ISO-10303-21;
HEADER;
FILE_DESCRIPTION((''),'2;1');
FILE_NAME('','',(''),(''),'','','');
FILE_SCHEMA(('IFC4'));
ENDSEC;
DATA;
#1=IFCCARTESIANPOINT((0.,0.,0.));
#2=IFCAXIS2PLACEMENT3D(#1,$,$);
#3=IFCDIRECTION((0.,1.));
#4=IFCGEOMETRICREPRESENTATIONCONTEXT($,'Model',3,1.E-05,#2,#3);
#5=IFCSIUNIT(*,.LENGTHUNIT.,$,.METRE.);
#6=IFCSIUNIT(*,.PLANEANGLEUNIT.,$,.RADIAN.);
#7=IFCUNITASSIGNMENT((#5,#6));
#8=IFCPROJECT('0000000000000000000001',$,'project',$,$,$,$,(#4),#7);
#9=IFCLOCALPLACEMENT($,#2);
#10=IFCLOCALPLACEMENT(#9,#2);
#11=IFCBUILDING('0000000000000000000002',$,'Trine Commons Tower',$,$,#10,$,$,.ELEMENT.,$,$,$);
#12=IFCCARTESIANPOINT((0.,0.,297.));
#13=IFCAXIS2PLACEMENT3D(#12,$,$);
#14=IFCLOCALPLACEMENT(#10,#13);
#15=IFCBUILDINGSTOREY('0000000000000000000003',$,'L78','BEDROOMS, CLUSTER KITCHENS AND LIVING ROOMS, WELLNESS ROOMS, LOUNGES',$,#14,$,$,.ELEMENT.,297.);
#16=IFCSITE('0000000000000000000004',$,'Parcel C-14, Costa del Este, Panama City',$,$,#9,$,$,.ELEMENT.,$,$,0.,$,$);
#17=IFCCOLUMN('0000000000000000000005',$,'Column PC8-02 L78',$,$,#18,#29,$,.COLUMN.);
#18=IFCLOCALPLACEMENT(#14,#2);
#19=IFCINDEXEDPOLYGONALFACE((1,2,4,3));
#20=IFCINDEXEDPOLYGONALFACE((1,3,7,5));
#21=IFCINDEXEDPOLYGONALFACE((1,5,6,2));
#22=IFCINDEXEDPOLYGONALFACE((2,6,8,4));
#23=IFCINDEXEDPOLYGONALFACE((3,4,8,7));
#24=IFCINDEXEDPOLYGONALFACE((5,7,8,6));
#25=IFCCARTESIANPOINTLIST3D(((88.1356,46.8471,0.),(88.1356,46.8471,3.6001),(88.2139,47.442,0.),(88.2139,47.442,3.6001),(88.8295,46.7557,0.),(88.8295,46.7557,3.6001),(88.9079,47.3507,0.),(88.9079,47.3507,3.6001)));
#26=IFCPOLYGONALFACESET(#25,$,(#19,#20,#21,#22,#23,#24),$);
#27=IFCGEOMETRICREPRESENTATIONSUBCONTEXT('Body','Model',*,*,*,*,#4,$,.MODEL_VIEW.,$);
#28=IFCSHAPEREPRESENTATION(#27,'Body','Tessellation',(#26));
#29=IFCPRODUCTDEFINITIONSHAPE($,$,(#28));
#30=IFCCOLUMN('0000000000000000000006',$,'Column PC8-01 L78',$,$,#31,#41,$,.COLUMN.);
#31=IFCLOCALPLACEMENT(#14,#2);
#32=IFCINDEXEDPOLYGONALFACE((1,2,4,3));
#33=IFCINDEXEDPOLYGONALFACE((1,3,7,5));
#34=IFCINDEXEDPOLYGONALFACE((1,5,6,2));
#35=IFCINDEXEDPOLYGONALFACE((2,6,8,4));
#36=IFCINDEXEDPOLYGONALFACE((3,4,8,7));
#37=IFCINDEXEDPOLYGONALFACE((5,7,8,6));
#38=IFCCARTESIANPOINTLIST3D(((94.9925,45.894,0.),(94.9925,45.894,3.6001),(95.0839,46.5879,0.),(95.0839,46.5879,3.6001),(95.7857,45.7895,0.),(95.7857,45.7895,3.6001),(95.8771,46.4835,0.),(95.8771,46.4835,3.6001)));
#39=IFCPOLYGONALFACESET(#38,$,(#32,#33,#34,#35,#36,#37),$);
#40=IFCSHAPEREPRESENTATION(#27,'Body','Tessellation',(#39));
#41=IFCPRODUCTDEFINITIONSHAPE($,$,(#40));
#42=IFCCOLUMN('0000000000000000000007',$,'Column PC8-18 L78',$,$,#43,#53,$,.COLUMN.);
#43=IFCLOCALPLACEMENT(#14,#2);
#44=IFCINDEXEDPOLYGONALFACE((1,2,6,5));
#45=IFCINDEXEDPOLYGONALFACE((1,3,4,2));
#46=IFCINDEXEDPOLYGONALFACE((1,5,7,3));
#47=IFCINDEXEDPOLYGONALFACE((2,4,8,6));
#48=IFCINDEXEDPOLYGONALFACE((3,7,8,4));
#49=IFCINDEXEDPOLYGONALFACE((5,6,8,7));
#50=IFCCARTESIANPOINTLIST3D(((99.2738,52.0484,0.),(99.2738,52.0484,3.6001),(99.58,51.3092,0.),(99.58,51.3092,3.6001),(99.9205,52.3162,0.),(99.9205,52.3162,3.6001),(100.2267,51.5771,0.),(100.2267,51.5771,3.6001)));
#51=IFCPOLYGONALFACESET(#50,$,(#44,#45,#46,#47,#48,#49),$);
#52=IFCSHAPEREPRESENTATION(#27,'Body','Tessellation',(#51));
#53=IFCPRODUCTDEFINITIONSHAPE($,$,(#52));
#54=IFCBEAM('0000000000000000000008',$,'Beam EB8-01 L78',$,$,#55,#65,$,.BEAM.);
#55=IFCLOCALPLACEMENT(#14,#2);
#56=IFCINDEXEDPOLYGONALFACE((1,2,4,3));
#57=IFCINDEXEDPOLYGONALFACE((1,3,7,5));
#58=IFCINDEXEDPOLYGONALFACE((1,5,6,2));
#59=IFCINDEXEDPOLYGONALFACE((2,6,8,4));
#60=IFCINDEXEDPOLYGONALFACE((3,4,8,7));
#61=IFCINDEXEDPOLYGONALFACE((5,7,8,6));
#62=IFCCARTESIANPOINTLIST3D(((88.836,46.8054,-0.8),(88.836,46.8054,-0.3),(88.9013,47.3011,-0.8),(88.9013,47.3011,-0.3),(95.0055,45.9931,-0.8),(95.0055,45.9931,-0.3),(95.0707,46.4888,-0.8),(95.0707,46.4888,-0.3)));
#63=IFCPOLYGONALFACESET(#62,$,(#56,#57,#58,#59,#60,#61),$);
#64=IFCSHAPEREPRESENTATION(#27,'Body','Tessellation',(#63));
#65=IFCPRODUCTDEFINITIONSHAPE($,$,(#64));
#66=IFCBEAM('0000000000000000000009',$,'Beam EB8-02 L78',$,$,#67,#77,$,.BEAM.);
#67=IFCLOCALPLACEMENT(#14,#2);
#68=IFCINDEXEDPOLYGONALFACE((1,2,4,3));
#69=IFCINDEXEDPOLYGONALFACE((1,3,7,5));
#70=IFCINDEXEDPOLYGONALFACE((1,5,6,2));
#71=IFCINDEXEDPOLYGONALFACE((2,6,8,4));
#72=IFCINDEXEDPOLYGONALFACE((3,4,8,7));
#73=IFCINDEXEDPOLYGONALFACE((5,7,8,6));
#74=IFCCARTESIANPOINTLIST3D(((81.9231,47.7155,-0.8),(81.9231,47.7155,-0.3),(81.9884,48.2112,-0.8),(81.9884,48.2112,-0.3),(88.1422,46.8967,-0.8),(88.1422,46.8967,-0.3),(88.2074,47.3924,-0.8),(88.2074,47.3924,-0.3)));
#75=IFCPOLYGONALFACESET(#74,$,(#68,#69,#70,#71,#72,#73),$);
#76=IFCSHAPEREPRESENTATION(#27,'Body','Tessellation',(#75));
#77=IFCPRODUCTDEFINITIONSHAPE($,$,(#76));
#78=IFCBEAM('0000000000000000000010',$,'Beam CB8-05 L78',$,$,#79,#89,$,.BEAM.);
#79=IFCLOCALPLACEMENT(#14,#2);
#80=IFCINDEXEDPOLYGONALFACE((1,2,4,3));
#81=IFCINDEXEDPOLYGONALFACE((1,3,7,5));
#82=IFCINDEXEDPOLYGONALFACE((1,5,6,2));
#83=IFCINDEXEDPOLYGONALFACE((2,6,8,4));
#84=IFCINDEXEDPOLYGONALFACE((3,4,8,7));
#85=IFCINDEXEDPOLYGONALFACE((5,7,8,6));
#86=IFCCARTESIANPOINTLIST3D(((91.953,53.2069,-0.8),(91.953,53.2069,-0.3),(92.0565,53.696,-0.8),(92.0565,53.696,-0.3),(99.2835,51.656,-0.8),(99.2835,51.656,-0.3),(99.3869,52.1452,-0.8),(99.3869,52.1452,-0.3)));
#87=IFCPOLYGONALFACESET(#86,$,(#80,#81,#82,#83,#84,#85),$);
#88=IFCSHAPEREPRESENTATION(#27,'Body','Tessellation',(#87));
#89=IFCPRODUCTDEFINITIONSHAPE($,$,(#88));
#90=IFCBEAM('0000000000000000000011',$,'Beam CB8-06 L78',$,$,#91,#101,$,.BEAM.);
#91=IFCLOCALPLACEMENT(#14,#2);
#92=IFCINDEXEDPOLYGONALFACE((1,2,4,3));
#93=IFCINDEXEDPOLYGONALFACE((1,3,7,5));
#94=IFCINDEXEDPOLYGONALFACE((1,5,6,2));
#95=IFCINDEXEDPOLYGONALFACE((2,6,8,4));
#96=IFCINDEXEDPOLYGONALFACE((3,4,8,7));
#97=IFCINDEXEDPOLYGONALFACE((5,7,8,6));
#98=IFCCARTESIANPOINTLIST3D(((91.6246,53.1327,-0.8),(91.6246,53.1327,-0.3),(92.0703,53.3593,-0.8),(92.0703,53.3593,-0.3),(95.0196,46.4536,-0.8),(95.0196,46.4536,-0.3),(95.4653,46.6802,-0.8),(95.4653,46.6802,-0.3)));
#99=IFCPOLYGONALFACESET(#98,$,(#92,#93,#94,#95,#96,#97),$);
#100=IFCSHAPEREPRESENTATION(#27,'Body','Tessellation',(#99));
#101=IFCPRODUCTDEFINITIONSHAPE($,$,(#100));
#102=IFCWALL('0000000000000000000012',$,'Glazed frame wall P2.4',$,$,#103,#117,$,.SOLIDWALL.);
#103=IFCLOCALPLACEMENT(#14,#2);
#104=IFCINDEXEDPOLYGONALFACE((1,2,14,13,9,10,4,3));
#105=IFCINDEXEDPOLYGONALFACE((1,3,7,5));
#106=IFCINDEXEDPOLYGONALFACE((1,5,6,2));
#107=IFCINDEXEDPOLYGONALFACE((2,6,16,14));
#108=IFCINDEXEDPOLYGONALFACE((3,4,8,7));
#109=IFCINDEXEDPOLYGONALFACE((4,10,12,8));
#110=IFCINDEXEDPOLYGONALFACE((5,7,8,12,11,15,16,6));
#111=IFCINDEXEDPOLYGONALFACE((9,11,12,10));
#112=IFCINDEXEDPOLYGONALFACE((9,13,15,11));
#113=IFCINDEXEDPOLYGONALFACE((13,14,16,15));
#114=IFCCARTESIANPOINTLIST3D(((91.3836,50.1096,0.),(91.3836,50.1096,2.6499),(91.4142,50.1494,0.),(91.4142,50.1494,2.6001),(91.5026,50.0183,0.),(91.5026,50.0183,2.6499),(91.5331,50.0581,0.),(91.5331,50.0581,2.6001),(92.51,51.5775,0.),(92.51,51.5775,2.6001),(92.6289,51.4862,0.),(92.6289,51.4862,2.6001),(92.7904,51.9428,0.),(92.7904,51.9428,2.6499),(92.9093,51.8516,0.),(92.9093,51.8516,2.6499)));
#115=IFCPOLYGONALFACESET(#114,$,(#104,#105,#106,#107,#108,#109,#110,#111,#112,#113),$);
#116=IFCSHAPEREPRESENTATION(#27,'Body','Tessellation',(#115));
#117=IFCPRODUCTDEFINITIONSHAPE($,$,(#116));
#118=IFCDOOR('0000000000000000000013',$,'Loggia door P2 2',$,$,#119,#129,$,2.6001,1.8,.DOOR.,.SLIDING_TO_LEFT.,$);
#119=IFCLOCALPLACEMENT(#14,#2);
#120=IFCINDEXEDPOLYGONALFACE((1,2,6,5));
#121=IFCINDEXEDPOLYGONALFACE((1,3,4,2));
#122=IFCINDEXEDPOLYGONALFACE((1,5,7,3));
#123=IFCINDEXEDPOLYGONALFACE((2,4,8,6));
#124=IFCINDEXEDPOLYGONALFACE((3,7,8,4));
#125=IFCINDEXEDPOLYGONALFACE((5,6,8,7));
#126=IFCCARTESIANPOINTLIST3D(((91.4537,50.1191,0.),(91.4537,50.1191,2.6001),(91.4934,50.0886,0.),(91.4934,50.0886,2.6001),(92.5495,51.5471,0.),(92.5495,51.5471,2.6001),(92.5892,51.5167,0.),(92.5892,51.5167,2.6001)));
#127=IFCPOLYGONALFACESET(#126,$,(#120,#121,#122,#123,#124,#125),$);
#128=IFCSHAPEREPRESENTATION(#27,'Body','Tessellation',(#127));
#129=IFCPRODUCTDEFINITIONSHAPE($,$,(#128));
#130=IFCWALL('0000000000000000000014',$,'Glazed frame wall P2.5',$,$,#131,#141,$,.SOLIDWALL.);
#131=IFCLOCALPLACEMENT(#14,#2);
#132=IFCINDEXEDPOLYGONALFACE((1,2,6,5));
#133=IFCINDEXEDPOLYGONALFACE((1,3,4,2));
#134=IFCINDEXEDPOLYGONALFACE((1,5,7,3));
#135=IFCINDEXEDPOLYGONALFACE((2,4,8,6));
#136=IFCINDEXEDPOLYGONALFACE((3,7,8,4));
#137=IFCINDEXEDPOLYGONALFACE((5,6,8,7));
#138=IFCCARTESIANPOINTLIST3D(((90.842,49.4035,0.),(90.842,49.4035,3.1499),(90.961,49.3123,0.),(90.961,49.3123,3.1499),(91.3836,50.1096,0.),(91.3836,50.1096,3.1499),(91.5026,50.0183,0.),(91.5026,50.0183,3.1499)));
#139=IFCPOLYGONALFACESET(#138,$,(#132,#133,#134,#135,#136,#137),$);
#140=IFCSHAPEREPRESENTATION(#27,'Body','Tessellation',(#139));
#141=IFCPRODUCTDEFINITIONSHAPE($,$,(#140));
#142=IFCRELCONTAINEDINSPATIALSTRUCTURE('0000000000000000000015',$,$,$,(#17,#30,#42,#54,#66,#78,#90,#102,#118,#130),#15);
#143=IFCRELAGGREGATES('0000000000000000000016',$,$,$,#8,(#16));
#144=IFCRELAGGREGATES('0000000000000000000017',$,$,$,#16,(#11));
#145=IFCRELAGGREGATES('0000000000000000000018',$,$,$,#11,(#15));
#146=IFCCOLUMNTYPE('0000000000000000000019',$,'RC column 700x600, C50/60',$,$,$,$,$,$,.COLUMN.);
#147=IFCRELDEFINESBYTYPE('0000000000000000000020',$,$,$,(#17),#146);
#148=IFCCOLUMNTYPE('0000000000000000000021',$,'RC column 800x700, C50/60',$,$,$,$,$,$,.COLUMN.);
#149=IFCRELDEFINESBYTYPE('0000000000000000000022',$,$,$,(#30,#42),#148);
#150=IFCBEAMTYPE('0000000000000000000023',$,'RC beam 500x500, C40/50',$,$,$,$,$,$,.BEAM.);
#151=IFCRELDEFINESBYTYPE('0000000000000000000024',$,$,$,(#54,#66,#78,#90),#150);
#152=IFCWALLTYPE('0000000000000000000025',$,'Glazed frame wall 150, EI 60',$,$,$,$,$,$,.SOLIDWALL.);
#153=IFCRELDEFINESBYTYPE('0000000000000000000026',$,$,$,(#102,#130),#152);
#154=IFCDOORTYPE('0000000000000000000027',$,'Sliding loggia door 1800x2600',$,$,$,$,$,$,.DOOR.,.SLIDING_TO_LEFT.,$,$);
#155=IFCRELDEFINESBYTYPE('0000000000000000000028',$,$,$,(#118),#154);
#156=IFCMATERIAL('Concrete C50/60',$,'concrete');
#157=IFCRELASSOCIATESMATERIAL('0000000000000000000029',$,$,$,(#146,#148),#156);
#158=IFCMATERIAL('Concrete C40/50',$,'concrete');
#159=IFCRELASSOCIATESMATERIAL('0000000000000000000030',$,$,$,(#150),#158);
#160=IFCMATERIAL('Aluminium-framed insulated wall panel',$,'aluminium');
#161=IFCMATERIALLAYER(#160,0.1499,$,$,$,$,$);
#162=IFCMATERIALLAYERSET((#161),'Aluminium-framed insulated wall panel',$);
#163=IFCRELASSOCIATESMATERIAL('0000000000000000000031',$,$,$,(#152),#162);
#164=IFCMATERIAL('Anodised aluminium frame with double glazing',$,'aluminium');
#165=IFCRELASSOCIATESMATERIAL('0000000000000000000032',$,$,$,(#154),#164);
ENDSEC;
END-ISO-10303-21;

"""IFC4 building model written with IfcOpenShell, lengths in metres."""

from ifc_helpers import new_model, si_unit, direction, frame, frame_2d, origin, origin_2d, place, context, subcontext, project, spatial, polyline, rectangle, outline, extrude, material, layer, layer_set, material_profile, profile_set, type_object, element, fill, save


model = new_model("IFC4")

# Units and contexts
model_context = context("Model", 3, precision=1e-05, world=origin(), true_north=direction((0.0, 1.0)))
body_context = subcontext(model_context, "Body", "Model", "MODEL_VIEW")
ifc_project = project(units=[si_unit("LENGTHUNIT", "METRE"), si_unit("PLANEANGLEUNIT", "RADIAN")], contexts=[model_context])

# Site, building, storey
site_placement = place(None, origin())
site = spatial("IfcSite", under=ifc_project, at=site_placement, Name="Parcel C-14, Costa del Este, Panama City", CompositionType="ELEMENT", RefElevation=0.0)
building_placement = place(site_placement, origin())
building = spatial("IfcBuilding", under=site, at=building_placement, Name="Trine Commons Tower", CompositionType="ELEMENT")
storey_placement = place(building_placement, frame((0.0, 0.0, 297.0)))
storey = spatial("IfcBuildingStorey", under=building, at=storey_placement, Name="L78", Description="BEDROOMS, CLUSTER KITCHENS AND LIVING ROOMS, WELLNESS ROOMS, LOUNGES", CompositionType="ELEMENT", Elevation=297.0)

# Columns
ifc_material_1 = material(Name="Concrete C50/60", Category="concrete")
ifc_material_profile_1 = material_profile(ifc_material_1, rectangle(XDim=0.7, YDim=0.6001, at=origin_2d()), Name="RC 700x600")
ifc_profile_set_1 = profile_set([ifc_material_profile_1], Name="Concrete C50/60")
column_type_1 = type_object("IfcColumnType", Name="RC column 700x600, C50/60", PredefinedType="COLUMN", material=ifc_profile_set_1)
column_placement = place(storey_placement, frame((88.5217, 47.0989, 0.0), z_axis=(0.0, 0.0, 1.0), x_axis=(-0.991445, 0.130526, 0.0)))
element("IfcColumn", 1, at=column_placement, inside=storey, type_object=column_type_1, Name="Column PC8-02 L78", PredefinedType="COLUMN", context=body_context, shape_type="SweptSolid", body=[
    extrude(rectangle(XDim=0.7, YDim=0.6001, at=origin_2d()), origin(), (0.0, 0.0, 1.0), 3.6001),
])
ifc_material_profile_2 = material_profile(ifc_material_1, rectangle(XDim=0.8, YDim=0.7, at=origin_2d()), Name="RC 800x700")
ifc_profile_set_2 = profile_set([ifc_material_profile_2], Name="Concrete C50/60")
column_type_2 = type_object("IfcColumnType", Name="RC column 800x700, C50/60", PredefinedType="COLUMN", material=ifc_profile_set_2)
for number, where, z_axis, x_axis, name in (
    (2, (95.4348, 46.1887, 0.0), (0.0, 0.0, 1.0), (-0.991445, 0.130526, 0.0), "Column PC8-01 L78"),
    (3, (99.7502, 51.8127, 0.0), (0.0, 0.0, 1.0), (-0.382683, 0.92388, 0.0), "Column PC8-18 L78"),
):
    element("IfcColumn", number, at=place(storey_placement, frame(where, z_axis=z_axis, x_axis=x_axis)), inside=storey, type_object=column_type_2, Name=name, PredefinedType="COLUMN", context=body_context, shape_type="SweptSolid", body=[
        extrude(rectangle(XDim=0.8, YDim=0.7, at=origin_2d()), origin(), (0.0, 0.0, 1.0), 3.6001),
    ])

# Beams
ifc_material_2 = material(Name="Concrete C40/50", Category="concrete")
ifc_material_profile_3 = material_profile(ifc_material_2, rectangle(XDim=0.5, YDim=0.5, at=origin_2d()), Name="RC 500x500")
ifc_profile_set_3 = profile_set([ifc_material_profile_3], Name="Concrete C40/50")
beam_type = type_object("IfcBeamType", Name="RC beam 500x500, C40/50", PredefinedType="BEAM", material=ifc_profile_set_3)
beam_1_placement = place(storey_placement, frame((95.0381, 46.241, -0.55), z_axis=(-0.991444, 0.130532, 0.0), x_axis=(-0.130532, -0.991444, 0.0)))
element("IfcBeam", 4, at=beam_1_placement, inside=storey, type_object=beam_type, Name="Beam EB8-01 L78", PredefinedType="BEAM", context=body_context, shape_type="SweptSolid", body=[
    extrude(rectangle(XDim=0.5, YDim=0.5, at=origin_2d()), origin(), (0.0, 0.0, 1.0), 6.2227),
])
beam_2_placement = place(storey_placement, frame((88.1748, 47.1445, -0.55), z_axis=(-0.991443, 0.130542, 0.0), x_axis=(-0.130542, -0.991443, 0.0)))
element("IfcBeam", 5, at=beam_2_placement, inside=storey, type_object=beam_type, Name="Beam EB8-02 L78", PredefinedType="BEAM", context=body_context, shape_type="SweptSolid", body=[
    extrude(rectangle(XDim=0.5, YDim=0.5, at=origin_2d()), origin(), (0.0, 0.0, 1.0), 6.2727),
])
beam_3_placement = place(storey_placement, frame((99.3352, 51.9006, -0.55), z_axis=(-0.978346, 0.206976, 0.0), x_axis=(-0.206976, -0.978346, 0.0)))
element("IfcBeam", 6, at=beam_3_placement, inside=storey, type_object=beam_type, Name="Beam CB8-05 L78", PredefinedType="BEAM", context=body_context, shape_type="SweptSolid", body=[
    extrude(rectangle(XDim=0.5, YDim=0.5, at=origin_2d()), origin(), (0.0, 0.0, 1.0), 7.4927),
])
beam_4_placement = place(storey_placement, frame((95.2424, 46.5669, -0.55), z_axis=(-0.453121, 0.891449, 0.0), x_axis=(-0.891449, -0.453121, 0.0)))
element("IfcBeam", 7, at=beam_4_placement, inside=storey, type_object=beam_type, Name="Beam CB8-06 L78", PredefinedType="BEAM", context=body_context, shape_type="SweptSolid", body=[
    extrude(rectangle(XDim=0.5, YDim=0.5, at=origin_2d()), origin(), (0.0, 0.0, 1.0), 7.4924),
])

# Wall, opening, door
ifc_material_3 = material(Name="Aluminium-framed insulated wall panel", Category="aluminium")
ifc_layer_1 = layer(ifc_material_3, 0.1499)
ifc_layer_set_1 = layer_set([ifc_layer_1], Name="Aluminium-framed insulated wall panel")
wall_type_1 = type_object("IfcWallType", Name="Glazed frame wall 150, EI 60", PredefinedType="SOLIDWALL", material=ifc_layer_set_1)
wall_1_placement = place(storey_placement, frame((92.8499, 51.8972, 0.0), z_axis=(0.0, 0.0, 1.0), x_axis=(-0.608771, -0.793346, 0.0)))
wall_1 = element("IfcWall", 8, at=wall_1_placement, inside=storey, type_object=wall_type_1, Name="Glazed frame wall P2.4", PredefinedType="SOLIDWALL", context=body_context, shape_type="SweptSolid", body=[
    extrude(outline(polyline([(0.0, -0.075), (2.3108, -0.075), (2.3108, 0.075), (0.0, 0.075), (0.0, -0.075)])), origin(), (0.0, 0.0, 1.0), 2.6499),
])
opening_1_placement = place(wall_1_placement, frame((0.4607, 0.0, 0.0)))
opening_1 = element("IfcOpeningElement", 9, at=opening_1_placement, cuts=wall_1, PredefinedType="OPENING", context=body_context, shape_type="SweptSolid", body=[
    extrude(rectangle(XDim=1.8, YDim=2.6001, at=frame_2d((0.8999, 1.3))), frame((0.0, 0.085, 0.0), z_axis=(0.0, -1.0, 0.0), x_axis=(1.0, 0.0, 0.0)), (0.0, 0.0, 1.0), 0.1699),
])
ifc_material_4 = material(Name="Anodised aluminium frame with double glazing", Category="aluminium")
door_type_1 = type_object("IfcDoorType", Name="Sliding loggia door 1800x2600", OperationType="SLIDING_TO_LEFT", PredefinedType="DOOR", material=ifc_material_4)
door_1_placement = place(opening_1_placement, origin())
door_1 = element("IfcDoor", 10, at=door_1_placement, inside=storey, type_object=door_type_1, Name="Loggia door P2 2", OperationType="SLIDING_TO_LEFT", OverallHeight=2.6001, OverallWidth=1.8, PredefinedType="DOOR", context=body_context, shape_type="SweptSolid", body=[
    extrude(rectangle(XDim=1.8, YDim=2.6001, at=frame_2d((0.8999, 1.3))), frame((0.0, 0.0249, 0.0), z_axis=(0.0, -1.0, 0.0), x_axis=(1.0, 0.0, 0.0)), (0.0, 0.0, 1.0), 0.05),
])
fill(opening_1, door_1)

# Wall
wall_2_placement = place(storey_placement, frame((91.4431, 50.064, 0.0), z_axis=(0.0, 0.0, 1.0), x_axis=(-0.608637, -0.793449, 0.0)))
element("IfcWall", 11, at=wall_2_placement, inside=storey, type_object=wall_type_1, Name="Glazed frame wall P2.5", PredefinedType="SOLIDWALL", context=body_context, shape_type="SweptSolid", body=[
    extrude(outline(polyline([(0.8899, 0.075), (0.0, 0.075), (0.0, -0.075), (0.8899, -0.075), (0.8899, 0.075)])), origin(), (0.0, 0.0, 1.0), 3.1499),
])

save(model, "model.ifc")
